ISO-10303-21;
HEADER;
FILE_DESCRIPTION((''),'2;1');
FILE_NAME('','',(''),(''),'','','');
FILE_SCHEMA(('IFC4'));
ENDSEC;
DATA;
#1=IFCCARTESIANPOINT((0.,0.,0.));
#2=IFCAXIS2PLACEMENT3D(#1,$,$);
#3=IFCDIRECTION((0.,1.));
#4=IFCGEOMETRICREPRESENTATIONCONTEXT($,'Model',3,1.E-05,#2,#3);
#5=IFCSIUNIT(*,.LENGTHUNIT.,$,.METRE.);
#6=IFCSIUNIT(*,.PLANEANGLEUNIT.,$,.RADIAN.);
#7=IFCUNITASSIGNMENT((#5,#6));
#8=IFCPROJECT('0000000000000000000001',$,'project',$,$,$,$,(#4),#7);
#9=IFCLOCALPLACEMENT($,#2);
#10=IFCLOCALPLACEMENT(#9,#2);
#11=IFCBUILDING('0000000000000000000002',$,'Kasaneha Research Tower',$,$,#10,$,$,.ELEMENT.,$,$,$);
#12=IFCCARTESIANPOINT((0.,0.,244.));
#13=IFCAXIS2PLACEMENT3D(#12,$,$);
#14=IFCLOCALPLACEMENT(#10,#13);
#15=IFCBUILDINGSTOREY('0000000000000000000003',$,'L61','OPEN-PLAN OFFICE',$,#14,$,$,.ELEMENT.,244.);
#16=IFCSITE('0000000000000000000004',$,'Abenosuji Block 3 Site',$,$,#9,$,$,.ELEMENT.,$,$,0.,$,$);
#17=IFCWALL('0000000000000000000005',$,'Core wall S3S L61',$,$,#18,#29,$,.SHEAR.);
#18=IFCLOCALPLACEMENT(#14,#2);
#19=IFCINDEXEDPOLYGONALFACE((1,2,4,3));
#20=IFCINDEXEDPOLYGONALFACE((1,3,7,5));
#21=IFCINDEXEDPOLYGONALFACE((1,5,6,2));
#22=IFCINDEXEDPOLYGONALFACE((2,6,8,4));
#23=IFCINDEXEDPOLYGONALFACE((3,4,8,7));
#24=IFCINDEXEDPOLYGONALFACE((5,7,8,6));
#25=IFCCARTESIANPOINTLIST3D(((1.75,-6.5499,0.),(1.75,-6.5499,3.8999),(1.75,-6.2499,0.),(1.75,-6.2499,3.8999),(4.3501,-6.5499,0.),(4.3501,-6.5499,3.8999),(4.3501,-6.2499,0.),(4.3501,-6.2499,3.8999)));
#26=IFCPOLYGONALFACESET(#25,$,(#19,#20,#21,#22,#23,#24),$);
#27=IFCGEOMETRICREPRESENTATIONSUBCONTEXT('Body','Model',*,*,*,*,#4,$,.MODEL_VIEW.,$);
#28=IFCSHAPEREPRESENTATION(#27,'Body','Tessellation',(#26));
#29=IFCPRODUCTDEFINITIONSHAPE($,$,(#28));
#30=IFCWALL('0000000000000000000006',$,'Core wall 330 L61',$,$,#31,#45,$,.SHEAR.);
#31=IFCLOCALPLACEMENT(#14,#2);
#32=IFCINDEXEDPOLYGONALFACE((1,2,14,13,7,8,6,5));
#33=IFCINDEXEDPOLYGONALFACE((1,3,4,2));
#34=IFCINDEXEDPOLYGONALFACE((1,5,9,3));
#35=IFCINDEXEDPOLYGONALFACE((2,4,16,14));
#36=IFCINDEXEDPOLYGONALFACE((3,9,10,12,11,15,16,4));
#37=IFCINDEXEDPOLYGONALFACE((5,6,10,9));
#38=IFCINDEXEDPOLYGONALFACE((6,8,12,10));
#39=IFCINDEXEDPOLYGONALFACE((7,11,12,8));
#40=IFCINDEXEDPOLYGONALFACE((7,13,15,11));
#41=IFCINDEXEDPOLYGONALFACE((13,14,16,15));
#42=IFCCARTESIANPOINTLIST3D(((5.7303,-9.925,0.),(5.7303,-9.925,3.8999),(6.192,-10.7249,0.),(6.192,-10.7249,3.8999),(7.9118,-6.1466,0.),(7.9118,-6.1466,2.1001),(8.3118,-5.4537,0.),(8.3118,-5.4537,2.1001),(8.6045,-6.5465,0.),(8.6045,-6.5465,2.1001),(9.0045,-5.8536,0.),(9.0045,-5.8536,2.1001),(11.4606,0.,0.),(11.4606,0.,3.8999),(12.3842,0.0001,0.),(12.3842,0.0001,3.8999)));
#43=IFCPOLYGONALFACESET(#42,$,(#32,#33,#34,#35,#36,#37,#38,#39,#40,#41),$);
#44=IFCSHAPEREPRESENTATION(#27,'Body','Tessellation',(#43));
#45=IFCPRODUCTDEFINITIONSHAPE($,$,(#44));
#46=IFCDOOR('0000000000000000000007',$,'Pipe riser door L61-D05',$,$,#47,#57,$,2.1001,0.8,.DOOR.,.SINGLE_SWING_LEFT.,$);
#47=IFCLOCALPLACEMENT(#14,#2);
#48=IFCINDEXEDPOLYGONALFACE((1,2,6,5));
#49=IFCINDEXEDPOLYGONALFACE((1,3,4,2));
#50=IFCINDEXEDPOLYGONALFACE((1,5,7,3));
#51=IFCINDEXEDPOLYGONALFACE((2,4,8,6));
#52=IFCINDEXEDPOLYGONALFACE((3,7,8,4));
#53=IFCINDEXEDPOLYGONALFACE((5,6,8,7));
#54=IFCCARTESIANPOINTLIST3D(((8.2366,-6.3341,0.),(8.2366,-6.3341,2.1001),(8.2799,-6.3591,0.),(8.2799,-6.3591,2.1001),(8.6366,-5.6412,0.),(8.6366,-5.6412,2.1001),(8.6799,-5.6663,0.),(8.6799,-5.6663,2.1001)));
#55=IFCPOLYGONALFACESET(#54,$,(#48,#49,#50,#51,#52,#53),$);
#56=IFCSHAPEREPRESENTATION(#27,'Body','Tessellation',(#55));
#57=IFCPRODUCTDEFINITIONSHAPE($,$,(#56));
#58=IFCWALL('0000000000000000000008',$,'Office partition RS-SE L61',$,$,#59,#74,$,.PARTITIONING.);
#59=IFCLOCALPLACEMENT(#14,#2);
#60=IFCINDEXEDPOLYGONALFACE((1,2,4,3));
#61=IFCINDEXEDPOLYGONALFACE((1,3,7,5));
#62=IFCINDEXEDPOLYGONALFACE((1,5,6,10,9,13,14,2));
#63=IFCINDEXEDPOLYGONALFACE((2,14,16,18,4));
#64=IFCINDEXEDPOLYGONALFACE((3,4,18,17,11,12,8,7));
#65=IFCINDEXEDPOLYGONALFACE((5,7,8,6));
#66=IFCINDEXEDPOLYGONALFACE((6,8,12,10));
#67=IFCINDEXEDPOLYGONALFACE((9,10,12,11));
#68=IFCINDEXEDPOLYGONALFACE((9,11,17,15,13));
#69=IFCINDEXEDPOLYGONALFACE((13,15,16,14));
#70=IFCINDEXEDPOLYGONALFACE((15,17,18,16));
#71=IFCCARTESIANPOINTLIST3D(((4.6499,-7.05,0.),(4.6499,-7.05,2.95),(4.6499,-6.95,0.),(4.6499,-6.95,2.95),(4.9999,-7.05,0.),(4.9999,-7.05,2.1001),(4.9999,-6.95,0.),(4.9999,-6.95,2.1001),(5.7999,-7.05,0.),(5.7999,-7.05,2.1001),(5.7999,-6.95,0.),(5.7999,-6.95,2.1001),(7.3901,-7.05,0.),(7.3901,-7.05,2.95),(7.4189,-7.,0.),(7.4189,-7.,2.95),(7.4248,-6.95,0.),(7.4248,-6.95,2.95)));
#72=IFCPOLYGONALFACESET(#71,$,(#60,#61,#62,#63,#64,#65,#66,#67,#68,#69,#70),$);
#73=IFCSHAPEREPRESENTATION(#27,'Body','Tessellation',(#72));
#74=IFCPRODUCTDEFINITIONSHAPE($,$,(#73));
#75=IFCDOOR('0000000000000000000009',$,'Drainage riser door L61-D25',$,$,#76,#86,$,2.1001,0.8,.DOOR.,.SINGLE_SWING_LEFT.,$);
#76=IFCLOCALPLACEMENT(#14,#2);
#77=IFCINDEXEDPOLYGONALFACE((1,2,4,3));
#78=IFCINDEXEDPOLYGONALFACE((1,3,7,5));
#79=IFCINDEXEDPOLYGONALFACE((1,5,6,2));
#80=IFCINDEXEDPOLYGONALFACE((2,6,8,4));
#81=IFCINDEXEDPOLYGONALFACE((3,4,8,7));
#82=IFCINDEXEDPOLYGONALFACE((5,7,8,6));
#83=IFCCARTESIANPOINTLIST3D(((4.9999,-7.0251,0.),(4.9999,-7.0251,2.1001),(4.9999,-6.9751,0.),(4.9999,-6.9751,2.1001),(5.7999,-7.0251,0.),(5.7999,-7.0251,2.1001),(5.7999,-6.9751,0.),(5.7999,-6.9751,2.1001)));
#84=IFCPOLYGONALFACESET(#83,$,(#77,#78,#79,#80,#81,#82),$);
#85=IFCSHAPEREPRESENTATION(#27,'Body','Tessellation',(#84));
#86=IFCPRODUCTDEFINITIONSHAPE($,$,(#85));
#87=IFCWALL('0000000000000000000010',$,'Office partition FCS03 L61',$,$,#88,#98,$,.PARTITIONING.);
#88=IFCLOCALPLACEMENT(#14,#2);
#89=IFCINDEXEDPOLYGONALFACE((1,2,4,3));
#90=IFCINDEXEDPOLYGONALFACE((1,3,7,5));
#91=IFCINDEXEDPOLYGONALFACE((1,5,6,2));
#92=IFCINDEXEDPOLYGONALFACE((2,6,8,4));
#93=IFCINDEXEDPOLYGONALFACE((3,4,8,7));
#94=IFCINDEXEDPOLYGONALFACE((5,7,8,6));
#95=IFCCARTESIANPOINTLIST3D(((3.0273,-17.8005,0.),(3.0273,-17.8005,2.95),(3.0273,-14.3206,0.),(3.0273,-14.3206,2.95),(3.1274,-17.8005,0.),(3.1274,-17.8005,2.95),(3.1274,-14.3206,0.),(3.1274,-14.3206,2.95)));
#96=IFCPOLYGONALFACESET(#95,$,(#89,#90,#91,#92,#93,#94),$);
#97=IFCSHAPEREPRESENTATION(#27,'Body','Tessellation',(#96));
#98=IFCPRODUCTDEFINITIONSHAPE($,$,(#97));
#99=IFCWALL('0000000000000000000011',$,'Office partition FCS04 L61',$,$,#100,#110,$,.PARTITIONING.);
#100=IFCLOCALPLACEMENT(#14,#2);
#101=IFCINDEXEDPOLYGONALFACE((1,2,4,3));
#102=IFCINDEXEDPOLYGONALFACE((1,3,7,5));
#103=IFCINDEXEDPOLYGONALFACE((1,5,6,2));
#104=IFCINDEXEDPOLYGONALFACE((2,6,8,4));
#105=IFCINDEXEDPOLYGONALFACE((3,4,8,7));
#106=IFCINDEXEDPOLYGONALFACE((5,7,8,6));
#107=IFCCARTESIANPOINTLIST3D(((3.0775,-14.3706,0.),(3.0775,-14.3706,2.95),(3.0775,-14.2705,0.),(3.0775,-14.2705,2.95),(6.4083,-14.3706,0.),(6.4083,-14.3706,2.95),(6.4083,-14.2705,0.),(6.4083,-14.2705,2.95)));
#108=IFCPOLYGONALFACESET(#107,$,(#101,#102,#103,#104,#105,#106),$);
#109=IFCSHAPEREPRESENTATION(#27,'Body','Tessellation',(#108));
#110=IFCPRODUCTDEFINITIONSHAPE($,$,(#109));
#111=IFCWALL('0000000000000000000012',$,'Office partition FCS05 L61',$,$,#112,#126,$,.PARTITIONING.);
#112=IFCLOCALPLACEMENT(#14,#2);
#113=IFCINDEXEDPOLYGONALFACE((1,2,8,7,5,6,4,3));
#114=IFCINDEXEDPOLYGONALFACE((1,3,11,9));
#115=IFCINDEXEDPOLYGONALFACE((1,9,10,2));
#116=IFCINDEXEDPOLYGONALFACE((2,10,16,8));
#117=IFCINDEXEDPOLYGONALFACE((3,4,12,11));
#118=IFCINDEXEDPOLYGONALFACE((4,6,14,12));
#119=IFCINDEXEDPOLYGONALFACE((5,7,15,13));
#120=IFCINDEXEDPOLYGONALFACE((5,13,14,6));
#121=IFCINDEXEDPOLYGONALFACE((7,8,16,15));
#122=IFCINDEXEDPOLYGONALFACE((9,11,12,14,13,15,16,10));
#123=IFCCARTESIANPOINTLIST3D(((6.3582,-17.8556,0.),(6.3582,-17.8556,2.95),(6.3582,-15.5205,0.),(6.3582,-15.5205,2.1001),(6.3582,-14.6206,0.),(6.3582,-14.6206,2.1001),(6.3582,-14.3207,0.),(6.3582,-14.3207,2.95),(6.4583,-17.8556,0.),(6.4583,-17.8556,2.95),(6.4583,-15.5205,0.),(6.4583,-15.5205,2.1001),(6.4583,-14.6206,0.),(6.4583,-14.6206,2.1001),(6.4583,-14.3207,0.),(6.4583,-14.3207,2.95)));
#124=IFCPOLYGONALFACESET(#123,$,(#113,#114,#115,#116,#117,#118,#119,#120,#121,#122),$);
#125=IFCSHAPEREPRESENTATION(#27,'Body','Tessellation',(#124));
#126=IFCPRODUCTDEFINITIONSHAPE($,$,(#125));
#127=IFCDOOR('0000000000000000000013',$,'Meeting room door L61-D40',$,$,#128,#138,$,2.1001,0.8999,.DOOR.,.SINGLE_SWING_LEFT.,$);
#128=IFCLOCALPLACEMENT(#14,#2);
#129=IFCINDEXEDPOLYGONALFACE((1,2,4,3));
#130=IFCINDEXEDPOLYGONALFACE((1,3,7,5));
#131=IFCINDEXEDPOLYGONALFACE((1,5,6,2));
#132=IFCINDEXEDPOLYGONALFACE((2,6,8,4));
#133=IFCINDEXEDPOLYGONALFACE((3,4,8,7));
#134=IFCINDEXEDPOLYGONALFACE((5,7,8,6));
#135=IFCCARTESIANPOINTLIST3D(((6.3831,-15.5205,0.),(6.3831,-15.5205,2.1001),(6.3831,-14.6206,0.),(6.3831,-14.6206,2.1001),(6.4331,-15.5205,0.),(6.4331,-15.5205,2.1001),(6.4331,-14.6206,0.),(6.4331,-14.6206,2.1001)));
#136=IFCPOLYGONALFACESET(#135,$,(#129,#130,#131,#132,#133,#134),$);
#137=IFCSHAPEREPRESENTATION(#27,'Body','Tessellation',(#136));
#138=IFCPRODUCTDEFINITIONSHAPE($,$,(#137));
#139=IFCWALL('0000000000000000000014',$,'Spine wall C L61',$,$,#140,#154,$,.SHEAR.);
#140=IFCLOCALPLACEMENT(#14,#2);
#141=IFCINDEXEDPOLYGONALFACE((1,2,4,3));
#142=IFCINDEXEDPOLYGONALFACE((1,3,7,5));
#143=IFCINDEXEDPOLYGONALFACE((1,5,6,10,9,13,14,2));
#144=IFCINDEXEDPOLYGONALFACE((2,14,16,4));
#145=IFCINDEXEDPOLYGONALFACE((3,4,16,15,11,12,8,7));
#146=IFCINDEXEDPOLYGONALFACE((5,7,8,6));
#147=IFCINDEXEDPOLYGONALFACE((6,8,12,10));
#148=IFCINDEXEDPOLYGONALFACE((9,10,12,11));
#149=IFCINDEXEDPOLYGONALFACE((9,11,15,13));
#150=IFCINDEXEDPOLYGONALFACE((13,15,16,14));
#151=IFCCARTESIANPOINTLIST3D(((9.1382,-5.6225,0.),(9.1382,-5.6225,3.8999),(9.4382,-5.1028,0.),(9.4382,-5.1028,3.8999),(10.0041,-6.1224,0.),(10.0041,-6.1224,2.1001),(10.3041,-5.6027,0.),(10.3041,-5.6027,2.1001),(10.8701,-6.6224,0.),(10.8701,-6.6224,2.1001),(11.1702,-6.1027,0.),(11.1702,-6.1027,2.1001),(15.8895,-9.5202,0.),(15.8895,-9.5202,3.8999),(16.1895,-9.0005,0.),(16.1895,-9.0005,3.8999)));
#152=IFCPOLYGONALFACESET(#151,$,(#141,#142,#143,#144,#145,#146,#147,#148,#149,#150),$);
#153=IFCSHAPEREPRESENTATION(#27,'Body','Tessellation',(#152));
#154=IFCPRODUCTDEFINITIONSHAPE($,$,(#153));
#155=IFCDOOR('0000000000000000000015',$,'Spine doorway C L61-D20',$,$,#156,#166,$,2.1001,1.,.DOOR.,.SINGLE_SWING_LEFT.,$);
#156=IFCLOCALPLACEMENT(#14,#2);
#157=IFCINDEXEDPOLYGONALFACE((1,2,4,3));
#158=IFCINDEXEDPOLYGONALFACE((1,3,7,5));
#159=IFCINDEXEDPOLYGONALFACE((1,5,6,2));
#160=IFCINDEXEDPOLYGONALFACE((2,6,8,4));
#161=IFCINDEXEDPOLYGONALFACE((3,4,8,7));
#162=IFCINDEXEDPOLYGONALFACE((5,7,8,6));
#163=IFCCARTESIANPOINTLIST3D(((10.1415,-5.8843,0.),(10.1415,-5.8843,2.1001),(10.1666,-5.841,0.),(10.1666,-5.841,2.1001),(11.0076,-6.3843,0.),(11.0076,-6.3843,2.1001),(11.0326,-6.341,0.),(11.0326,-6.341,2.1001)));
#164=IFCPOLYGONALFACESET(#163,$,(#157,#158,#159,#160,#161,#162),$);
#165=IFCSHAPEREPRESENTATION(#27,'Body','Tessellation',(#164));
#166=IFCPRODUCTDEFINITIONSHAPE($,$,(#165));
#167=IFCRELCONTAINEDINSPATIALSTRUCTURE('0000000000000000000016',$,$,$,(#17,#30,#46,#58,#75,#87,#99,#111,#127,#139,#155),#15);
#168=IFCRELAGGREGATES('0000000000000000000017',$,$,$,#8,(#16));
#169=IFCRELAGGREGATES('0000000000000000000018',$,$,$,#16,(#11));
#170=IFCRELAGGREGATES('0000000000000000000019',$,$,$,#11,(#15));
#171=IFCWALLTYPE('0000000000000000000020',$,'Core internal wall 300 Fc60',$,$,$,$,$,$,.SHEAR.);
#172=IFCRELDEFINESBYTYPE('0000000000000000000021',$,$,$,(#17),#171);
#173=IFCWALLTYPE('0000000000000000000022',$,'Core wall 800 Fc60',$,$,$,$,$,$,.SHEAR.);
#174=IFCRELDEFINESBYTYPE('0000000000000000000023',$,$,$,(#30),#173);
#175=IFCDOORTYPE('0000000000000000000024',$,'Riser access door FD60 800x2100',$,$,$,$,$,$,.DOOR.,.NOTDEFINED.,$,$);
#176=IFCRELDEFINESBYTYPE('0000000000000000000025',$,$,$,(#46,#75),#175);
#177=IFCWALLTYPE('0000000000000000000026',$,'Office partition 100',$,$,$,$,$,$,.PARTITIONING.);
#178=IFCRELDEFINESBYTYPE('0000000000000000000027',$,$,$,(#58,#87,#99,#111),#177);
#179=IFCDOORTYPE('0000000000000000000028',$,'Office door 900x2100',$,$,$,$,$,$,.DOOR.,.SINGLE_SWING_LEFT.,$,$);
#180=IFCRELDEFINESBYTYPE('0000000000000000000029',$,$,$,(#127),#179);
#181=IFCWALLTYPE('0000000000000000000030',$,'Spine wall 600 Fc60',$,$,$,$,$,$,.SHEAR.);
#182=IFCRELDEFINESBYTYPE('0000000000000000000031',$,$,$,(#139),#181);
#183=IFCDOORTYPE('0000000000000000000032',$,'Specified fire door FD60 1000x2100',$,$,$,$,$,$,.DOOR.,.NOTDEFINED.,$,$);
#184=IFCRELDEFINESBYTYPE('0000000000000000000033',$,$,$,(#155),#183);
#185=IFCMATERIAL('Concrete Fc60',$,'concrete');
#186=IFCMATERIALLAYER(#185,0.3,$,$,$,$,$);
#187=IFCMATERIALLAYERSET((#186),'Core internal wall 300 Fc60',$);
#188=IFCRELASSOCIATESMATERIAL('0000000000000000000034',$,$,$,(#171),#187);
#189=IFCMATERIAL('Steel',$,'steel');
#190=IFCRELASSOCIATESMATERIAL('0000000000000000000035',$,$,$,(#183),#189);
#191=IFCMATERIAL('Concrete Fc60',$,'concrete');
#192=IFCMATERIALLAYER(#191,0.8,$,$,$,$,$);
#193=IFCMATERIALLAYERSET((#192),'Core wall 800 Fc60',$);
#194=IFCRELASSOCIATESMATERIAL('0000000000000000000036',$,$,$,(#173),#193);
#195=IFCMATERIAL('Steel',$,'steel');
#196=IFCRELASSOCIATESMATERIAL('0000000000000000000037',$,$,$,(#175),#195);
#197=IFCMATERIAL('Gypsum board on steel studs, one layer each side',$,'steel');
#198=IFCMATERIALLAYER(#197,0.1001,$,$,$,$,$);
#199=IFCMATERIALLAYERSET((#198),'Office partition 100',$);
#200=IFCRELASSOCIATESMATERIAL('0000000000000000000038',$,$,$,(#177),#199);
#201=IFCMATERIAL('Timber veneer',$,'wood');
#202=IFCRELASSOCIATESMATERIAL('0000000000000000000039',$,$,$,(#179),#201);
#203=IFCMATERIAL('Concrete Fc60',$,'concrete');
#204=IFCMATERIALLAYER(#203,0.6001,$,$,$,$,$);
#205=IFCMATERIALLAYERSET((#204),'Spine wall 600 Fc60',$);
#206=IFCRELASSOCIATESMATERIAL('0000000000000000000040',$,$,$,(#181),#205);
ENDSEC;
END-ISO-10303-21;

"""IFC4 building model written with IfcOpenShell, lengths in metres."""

from ifc_helpers import new_model, si_unit, direction, frame, frame_2d, origin, place, context, subcontext, project, spatial, polyline, rectangle, outline, extrude, material, layer, layer_set, type_object, element, fill, save


model = new_model("IFC4")

# Units and contexts
model_context = context("Model", 3, precision=1e-05, world=origin(), true_north=direction((0.0, 1.0)))
body_context = subcontext(model_context, "Body", "Model", "MODEL_VIEW")
ifc_project = project(units=[si_unit("LENGTHUNIT", "METRE"), si_unit("PLANEANGLEUNIT", "RADIAN")], contexts=[model_context])

# Site, building, storey
site_placement = place(None, origin())
site = spatial("IfcSite", under=ifc_project, at=site_placement, Name="Abenosuji Block 3 Site", CompositionType="ELEMENT", RefElevation=0.0)
building_placement = place(site_placement, origin())
building = spatial("IfcBuilding", under=site, at=building_placement, Name="Kasaneha Research Tower", CompositionType="ELEMENT")
storey_placement = place(building_placement, frame((0.0, 0.0, 244.0)))
storey = spatial("IfcBuildingStorey", under=building, at=storey_placement, Name="L61", Description="OPEN-PLAN OFFICE", CompositionType="ELEMENT", Elevation=244.0)

# Shared definitions
ifc_material_1 = material(Name="Concrete Fc60", Category="concrete")
ifc_layer_1 = layer(ifc_material_1, 0.3)
ifc_layer_set_1 = layer_set([ifc_layer_1], Name="Core internal wall 300 Fc60")
wall_type_1 = type_object("IfcWallType", Name="Core internal wall 300 Fc60", PredefinedType="SHEAR", material=ifc_layer_set_1)
ifc_material_2 = material(Name="Steel", Category="steel")
door_type_1 = type_object("IfcDoorType", Name="Specified fire door FD60 1000x2100", OperationType="NOTDEFINED", PredefinedType="DOOR", material=ifc_material_2)

# Wall
wall_1_placement = place(storey_placement, frame((1.75, -6.3999, 0.0), z_axis=(0.0, 0.0, 1.0), x_axis=(1.0, 0.0, 0.0)))
element("IfcWall", 1, at=wall_1_placement, inside=storey, type_object=wall_type_1, Name="Core wall S3S L61", PredefinedType="SHEAR", context=body_context, shape_type="SweptSolid", body=[
    extrude(rectangle(XDim=2.6001, YDim=0.3, at=frame_2d((1.3, 0.0))), origin(), (0.0, 0.0, 1.0), 3.8999),
])

# Walls, openings, doors
ifc_material_3 = material(Name="Concrete Fc60", Category="concrete")
ifc_layer_2 = layer(ifc_material_3, 0.8)
ifc_layer_set_2 = layer_set([ifc_layer_2], Name="Core wall 800 Fc60")
wall_type_2 = type_object("IfcWallType", Name="Core wall 800 Fc60", PredefinedType="SHEAR", material=ifc_layer_set_2)
wall_2_placement = place(storey_placement, frame((5.9612, -10.325, 0.0), z_axis=(0.0, 0.0, 1.0), x_axis=(0.500004, 0.866023, 0.0)))
wall_2 = element("IfcWall", 2, at=wall_2_placement, inside=storey, type_object=wall_type_2, Name="Core wall 330 L61", PredefinedType="SHEAR", context=body_context, shape_type="SweptSolid", body=[
    extrude(outline(polyline([(-0.231, -0.3999), (4.594, -0.3999), (5.394, -0.3999), (12.1533, -0.3999), (11.6914, 0.3999), (5.394, 0.3999), (4.594, 0.3999), (0.231, 0.3999), (-0.231, -0.3999)])), origin(), (0.0, 0.0, 1.0), 3.8999),
])
opening_1_placement = place(wall_2_placement, frame((4.594, 0.0, 0.0)))
opening_1 = element("IfcOpeningElement", 3, at=opening_1_placement, cuts=wall_2, PredefinedType="OPENING", context=body_context, shape_type="SweptSolid", body=[
    extrude(rectangle(XDim=0.8, YDim=2.1001, at=frame_2d((0.3999, 1.05))), frame((0.0, 0.4102, 0.0), z_axis=(0.0, -1.0, 0.0), x_axis=(1.0, 0.0, 0.0)), (0.0, 0.0, 1.0), 0.8201),
])
ifc_material_4 = material(Name="Steel", Category="steel")
door_type_2 = type_object("IfcDoorType", Name="Riser access door FD60 800x2100", OperationType="NOTDEFINED", PredefinedType="DOOR", material=ifc_material_4)
door_1_placement = place(opening_1_placement, origin())
door_1 = element("IfcDoor", 4, at=door_1_placement, inside=storey, type_object=door_type_2, Name="Pipe riser door L61-D05", OperationType="SINGLE_SWING_LEFT", OverallHeight=2.1001, OverallWidth=0.8, PredefinedType="DOOR", context=body_context, shape_type="SweptSolid", body=[
    extrude(rectangle(XDim=0.8, YDim=2.1001, at=frame_2d((0.3999, 1.05))), frame((0.0, 0.0249, 0.0), z_axis=(0.0, -1.0, 0.0), x_axis=(1.0, 0.0, 0.0)), (0.0, 0.0, 1.0), 0.05),
])
fill(opening_1, door_1)
ifc_material_5 = material(Name="Gypsum board on steel studs, one layer each side", Category="steel")
ifc_layer_3 = layer(ifc_material_5, 0.1001)
ifc_layer_set_3 = layer_set([ifc_layer_3], Name="Office partition 100")
wall_type_3 = type_object("IfcWallType", Name="Office partition 100", PredefinedType="PARTITIONING", material=ifc_layer_set_3)
wall_3_placement = place(storey_placement, frame((4.6499, -7.0, 0.0), z_axis=(0.0, 0.0, 1.0), x_axis=(1.0, 0.0, 0.0)))
wall_3 = element("IfcWall", 5, at=wall_3_placement, inside=storey, type_object=wall_type_3, Name="Office partition RS-SE L61", PredefinedType="PARTITIONING", context=body_context, shape_type="SweptSolid", body=[
    extrude(outline(polyline([(0.0, -0.05), (0.3501, -0.05), (1.1501, -0.05), (2.7402, -0.05), (2.769, 0.0), (2.7749, 0.05), (1.1501, 0.05), (0.3501, 0.05), (0.0, 0.05), (0.0, -0.05)])), origin(), (0.0, 0.0, 1.0), 2.95),
])
opening_2_placement = place(wall_3_placement, frame((0.3501, 0.0, 0.0)))
opening_2 = element("IfcOpeningElement", 6, at=opening_2_placement, cuts=wall_3, PredefinedType="OPENING", context=body_context, shape_type="SweptSolid", body=[
    extrude(rectangle(XDim=0.8, YDim=2.1001, at=frame_2d((0.3999, 1.05))), frame((0.0, 0.0601, 0.0), z_axis=(0.0, -1.0, 0.0), x_axis=(1.0, 0.0, 0.0)), (0.0, 0.0, 1.0), 0.1201),
])
door_2_placement = place(opening_2_placement, origin())
door_2 = element("IfcDoor", 7, at=door_2_placement, inside=storey, type_object=door_type_2, Name="Drainage riser door L61-D25", OperationType="SINGLE_SWING_LEFT", OverallHeight=2.1001, OverallWidth=0.8, PredefinedType="DOOR", context=body_context, shape_type="SweptSolid", body=[
    extrude(rectangle(XDim=0.8, YDim=2.1001, at=frame_2d((0.3999, 1.05))), frame((0.0, 0.0249, 0.0), z_axis=(0.0, -1.0, 0.0), x_axis=(1.0, 0.0, 0.0)), (0.0, 0.0, 1.0), 0.05),
])
fill(opening_2, door_2)

# Walls
wall_4_placement = place(storey_placement, frame((3.0774, -17.8005, 0.0), z_axis=(0.0, 0.0, 1.0), x_axis=(0.0, 1.0, 0.0)))
element("IfcWall", 8, at=wall_4_placement, inside=storey, type_object=wall_type_3, Name="Office partition FCS03 L61", PredefinedType="PARTITIONING", context=body_context, shape_type="SweptSolid", body=[
    extrude(rectangle(XDim=3.48, YDim=0.1001, at=frame_2d((1.74, 0.0))), origin(), (0.0, 0.0, 1.0), 2.95),
])
wall_5_placement = place(storey_placement, frame((3.0774, -14.3206, 0.0), z_axis=(0.0, 0.0, 1.0), x_axis=(1.0, 0.0, 0.0)))
element("IfcWall", 9, at=wall_5_placement, inside=storey, type_object=wall_type_3, Name="Office partition FCS04 L61", PredefinedType="PARTITIONING", context=body_context, shape_type="SweptSolid", body=[
    extrude(rectangle(XDim=3.3308, YDim=0.1001, at=frame_2d((1.6655, 0.0))), origin(), (0.0, 0.0, 1.0), 2.95),
])

# Walls, openings, doors
wall_6_placement = place(storey_placement, frame((6.4082, -14.3206, 0.0), z_axis=(0.0, 0.0, 1.0), x_axis=(0.0, -1.0, 0.0)))
wall_6 = element("IfcWall", 10, at=wall_6_placement, inside=storey, type_object=wall_type_3, Name="Office partition FCS05 L61", PredefinedType="PARTITIONING", context=body_context, shape_type="SweptSolid", body=[
    extrude(rectangle(XDim=3.5349, YDim=0.1001, at=frame_2d((1.7676, 0.0))), origin(), (0.0, 0.0, 1.0), 2.95),
])
opening_3_placement = place(wall_6_placement, frame((0.3, 0.0, 0.0)))
opening_3 = element("IfcOpeningElement", 11, at=opening_3_placement, cuts=wall_6, PredefinedType="OPENING", context=body_context, shape_type="SweptSolid", body=[
    extrude(rectangle(XDim=0.8999, YDim=2.1001, at=frame_2d((0.45, 1.05))), frame((0.0, 0.0601, 0.0), z_axis=(0.0, -1.0, 0.0), x_axis=(1.0, 0.0, 0.0)), (0.0, 0.0, 1.0), 0.1201),
])
ifc_material_6 = material(Name="Timber veneer", Category="wood")
door_type_3 = type_object("IfcDoorType", Name="Office door 900x2100", OperationType="SINGLE_SWING_LEFT", PredefinedType="DOOR", material=ifc_material_6)
door_3_placement = place(opening_3_placement, origin())
door_3 = element("IfcDoor", 12, at=door_3_placement, inside=storey, type_object=door_type_3, Name="Meeting room door L61-D40", OperationType="SINGLE_SWING_LEFT", OverallHeight=2.1001, OverallWidth=0.8999, PredefinedType="DOOR", context=body_context, shape_type="SweptSolid", body=[
    extrude(rectangle(XDim=0.8999, YDim=2.1001, at=frame_2d((0.45, 1.05))), frame((0.0, 0.0249, 0.0), z_axis=(0.0, -1.0, 0.0), x_axis=(1.0, 0.0, 0.0)), (0.0, 0.0, 1.0), 0.05),
])
fill(opening_3, door_3)
ifc_material_7 = material(Name="Concrete Fc60", Category="concrete")
ifc_layer_4 = layer(ifc_material_7, 0.6001)
ifc_layer_set_4 = layer_set([ifc_layer_4], Name="Spine wall 600 Fc60")
wall_type_4 = type_object("IfcWallType", Name="Spine wall 600 Fc60", PredefinedType="SHEAR", material=ifc_layer_set_4)
wall_7_placement = place(storey_placement, frame((9.2881, -5.3625, 0.0), z_axis=(0.0, 0.0, 1.0), x_axis=(0.866032, -0.499989, 0.0)))
wall_7 = element("IfcWall", 13, at=wall_7_placement, inside=storey, type_object=wall_type_4, Name="Spine wall C L61", PredefinedType="SHEAR", context=body_context, shape_type="SweptSolid", body=[
    extrude(rectangle(XDim=7.7957, YDim=0.6001, at=frame_2d((3.8979, 0.0))), origin(), (0.0, 0.0, 1.0), 3.8999),
])
opening_4_placement = place(wall_7_placement, frame((1.0, 0.0, 0.0)))
opening_4 = element("IfcOpeningElement", 14, at=opening_4_placement, cuts=wall_7, PredefinedType="OPENING", context=body_context, shape_type="SweptSolid", body=[
    extrude(rectangle(XDim=1.0, YDim=2.1001, at=frame_2d((0.5, 1.05))), frame((0.0, 0.3101, 0.0), z_axis=(0.0, -1.0, 0.0), x_axis=(1.0, 0.0, 0.0)), (0.0, 0.0, 1.0), 0.6201),
])
door_4_placement = place(opening_4_placement, origin())
door_4 = element("IfcDoor", 15, at=door_4_placement, inside=storey, type_object=door_type_1, Name="Spine doorway C L61-D20", OperationType="SINGLE_SWING_LEFT", OverallHeight=2.1001, OverallWidth=1.0, PredefinedType="DOOR", context=body_context, shape_type="SweptSolid", body=[
    extrude(rectangle(XDim=1.0, YDim=2.1001, at=frame_2d((0.5, 1.05))), frame((0.0, 0.0249, 0.0), z_axis=(0.0, -1.0, 0.0), x_axis=(1.0, 0.0, 0.0)), (0.0, 0.0, 1.0), 0.05),
])
fill(opening_4, door_4)

save(model, "model.ifc")
